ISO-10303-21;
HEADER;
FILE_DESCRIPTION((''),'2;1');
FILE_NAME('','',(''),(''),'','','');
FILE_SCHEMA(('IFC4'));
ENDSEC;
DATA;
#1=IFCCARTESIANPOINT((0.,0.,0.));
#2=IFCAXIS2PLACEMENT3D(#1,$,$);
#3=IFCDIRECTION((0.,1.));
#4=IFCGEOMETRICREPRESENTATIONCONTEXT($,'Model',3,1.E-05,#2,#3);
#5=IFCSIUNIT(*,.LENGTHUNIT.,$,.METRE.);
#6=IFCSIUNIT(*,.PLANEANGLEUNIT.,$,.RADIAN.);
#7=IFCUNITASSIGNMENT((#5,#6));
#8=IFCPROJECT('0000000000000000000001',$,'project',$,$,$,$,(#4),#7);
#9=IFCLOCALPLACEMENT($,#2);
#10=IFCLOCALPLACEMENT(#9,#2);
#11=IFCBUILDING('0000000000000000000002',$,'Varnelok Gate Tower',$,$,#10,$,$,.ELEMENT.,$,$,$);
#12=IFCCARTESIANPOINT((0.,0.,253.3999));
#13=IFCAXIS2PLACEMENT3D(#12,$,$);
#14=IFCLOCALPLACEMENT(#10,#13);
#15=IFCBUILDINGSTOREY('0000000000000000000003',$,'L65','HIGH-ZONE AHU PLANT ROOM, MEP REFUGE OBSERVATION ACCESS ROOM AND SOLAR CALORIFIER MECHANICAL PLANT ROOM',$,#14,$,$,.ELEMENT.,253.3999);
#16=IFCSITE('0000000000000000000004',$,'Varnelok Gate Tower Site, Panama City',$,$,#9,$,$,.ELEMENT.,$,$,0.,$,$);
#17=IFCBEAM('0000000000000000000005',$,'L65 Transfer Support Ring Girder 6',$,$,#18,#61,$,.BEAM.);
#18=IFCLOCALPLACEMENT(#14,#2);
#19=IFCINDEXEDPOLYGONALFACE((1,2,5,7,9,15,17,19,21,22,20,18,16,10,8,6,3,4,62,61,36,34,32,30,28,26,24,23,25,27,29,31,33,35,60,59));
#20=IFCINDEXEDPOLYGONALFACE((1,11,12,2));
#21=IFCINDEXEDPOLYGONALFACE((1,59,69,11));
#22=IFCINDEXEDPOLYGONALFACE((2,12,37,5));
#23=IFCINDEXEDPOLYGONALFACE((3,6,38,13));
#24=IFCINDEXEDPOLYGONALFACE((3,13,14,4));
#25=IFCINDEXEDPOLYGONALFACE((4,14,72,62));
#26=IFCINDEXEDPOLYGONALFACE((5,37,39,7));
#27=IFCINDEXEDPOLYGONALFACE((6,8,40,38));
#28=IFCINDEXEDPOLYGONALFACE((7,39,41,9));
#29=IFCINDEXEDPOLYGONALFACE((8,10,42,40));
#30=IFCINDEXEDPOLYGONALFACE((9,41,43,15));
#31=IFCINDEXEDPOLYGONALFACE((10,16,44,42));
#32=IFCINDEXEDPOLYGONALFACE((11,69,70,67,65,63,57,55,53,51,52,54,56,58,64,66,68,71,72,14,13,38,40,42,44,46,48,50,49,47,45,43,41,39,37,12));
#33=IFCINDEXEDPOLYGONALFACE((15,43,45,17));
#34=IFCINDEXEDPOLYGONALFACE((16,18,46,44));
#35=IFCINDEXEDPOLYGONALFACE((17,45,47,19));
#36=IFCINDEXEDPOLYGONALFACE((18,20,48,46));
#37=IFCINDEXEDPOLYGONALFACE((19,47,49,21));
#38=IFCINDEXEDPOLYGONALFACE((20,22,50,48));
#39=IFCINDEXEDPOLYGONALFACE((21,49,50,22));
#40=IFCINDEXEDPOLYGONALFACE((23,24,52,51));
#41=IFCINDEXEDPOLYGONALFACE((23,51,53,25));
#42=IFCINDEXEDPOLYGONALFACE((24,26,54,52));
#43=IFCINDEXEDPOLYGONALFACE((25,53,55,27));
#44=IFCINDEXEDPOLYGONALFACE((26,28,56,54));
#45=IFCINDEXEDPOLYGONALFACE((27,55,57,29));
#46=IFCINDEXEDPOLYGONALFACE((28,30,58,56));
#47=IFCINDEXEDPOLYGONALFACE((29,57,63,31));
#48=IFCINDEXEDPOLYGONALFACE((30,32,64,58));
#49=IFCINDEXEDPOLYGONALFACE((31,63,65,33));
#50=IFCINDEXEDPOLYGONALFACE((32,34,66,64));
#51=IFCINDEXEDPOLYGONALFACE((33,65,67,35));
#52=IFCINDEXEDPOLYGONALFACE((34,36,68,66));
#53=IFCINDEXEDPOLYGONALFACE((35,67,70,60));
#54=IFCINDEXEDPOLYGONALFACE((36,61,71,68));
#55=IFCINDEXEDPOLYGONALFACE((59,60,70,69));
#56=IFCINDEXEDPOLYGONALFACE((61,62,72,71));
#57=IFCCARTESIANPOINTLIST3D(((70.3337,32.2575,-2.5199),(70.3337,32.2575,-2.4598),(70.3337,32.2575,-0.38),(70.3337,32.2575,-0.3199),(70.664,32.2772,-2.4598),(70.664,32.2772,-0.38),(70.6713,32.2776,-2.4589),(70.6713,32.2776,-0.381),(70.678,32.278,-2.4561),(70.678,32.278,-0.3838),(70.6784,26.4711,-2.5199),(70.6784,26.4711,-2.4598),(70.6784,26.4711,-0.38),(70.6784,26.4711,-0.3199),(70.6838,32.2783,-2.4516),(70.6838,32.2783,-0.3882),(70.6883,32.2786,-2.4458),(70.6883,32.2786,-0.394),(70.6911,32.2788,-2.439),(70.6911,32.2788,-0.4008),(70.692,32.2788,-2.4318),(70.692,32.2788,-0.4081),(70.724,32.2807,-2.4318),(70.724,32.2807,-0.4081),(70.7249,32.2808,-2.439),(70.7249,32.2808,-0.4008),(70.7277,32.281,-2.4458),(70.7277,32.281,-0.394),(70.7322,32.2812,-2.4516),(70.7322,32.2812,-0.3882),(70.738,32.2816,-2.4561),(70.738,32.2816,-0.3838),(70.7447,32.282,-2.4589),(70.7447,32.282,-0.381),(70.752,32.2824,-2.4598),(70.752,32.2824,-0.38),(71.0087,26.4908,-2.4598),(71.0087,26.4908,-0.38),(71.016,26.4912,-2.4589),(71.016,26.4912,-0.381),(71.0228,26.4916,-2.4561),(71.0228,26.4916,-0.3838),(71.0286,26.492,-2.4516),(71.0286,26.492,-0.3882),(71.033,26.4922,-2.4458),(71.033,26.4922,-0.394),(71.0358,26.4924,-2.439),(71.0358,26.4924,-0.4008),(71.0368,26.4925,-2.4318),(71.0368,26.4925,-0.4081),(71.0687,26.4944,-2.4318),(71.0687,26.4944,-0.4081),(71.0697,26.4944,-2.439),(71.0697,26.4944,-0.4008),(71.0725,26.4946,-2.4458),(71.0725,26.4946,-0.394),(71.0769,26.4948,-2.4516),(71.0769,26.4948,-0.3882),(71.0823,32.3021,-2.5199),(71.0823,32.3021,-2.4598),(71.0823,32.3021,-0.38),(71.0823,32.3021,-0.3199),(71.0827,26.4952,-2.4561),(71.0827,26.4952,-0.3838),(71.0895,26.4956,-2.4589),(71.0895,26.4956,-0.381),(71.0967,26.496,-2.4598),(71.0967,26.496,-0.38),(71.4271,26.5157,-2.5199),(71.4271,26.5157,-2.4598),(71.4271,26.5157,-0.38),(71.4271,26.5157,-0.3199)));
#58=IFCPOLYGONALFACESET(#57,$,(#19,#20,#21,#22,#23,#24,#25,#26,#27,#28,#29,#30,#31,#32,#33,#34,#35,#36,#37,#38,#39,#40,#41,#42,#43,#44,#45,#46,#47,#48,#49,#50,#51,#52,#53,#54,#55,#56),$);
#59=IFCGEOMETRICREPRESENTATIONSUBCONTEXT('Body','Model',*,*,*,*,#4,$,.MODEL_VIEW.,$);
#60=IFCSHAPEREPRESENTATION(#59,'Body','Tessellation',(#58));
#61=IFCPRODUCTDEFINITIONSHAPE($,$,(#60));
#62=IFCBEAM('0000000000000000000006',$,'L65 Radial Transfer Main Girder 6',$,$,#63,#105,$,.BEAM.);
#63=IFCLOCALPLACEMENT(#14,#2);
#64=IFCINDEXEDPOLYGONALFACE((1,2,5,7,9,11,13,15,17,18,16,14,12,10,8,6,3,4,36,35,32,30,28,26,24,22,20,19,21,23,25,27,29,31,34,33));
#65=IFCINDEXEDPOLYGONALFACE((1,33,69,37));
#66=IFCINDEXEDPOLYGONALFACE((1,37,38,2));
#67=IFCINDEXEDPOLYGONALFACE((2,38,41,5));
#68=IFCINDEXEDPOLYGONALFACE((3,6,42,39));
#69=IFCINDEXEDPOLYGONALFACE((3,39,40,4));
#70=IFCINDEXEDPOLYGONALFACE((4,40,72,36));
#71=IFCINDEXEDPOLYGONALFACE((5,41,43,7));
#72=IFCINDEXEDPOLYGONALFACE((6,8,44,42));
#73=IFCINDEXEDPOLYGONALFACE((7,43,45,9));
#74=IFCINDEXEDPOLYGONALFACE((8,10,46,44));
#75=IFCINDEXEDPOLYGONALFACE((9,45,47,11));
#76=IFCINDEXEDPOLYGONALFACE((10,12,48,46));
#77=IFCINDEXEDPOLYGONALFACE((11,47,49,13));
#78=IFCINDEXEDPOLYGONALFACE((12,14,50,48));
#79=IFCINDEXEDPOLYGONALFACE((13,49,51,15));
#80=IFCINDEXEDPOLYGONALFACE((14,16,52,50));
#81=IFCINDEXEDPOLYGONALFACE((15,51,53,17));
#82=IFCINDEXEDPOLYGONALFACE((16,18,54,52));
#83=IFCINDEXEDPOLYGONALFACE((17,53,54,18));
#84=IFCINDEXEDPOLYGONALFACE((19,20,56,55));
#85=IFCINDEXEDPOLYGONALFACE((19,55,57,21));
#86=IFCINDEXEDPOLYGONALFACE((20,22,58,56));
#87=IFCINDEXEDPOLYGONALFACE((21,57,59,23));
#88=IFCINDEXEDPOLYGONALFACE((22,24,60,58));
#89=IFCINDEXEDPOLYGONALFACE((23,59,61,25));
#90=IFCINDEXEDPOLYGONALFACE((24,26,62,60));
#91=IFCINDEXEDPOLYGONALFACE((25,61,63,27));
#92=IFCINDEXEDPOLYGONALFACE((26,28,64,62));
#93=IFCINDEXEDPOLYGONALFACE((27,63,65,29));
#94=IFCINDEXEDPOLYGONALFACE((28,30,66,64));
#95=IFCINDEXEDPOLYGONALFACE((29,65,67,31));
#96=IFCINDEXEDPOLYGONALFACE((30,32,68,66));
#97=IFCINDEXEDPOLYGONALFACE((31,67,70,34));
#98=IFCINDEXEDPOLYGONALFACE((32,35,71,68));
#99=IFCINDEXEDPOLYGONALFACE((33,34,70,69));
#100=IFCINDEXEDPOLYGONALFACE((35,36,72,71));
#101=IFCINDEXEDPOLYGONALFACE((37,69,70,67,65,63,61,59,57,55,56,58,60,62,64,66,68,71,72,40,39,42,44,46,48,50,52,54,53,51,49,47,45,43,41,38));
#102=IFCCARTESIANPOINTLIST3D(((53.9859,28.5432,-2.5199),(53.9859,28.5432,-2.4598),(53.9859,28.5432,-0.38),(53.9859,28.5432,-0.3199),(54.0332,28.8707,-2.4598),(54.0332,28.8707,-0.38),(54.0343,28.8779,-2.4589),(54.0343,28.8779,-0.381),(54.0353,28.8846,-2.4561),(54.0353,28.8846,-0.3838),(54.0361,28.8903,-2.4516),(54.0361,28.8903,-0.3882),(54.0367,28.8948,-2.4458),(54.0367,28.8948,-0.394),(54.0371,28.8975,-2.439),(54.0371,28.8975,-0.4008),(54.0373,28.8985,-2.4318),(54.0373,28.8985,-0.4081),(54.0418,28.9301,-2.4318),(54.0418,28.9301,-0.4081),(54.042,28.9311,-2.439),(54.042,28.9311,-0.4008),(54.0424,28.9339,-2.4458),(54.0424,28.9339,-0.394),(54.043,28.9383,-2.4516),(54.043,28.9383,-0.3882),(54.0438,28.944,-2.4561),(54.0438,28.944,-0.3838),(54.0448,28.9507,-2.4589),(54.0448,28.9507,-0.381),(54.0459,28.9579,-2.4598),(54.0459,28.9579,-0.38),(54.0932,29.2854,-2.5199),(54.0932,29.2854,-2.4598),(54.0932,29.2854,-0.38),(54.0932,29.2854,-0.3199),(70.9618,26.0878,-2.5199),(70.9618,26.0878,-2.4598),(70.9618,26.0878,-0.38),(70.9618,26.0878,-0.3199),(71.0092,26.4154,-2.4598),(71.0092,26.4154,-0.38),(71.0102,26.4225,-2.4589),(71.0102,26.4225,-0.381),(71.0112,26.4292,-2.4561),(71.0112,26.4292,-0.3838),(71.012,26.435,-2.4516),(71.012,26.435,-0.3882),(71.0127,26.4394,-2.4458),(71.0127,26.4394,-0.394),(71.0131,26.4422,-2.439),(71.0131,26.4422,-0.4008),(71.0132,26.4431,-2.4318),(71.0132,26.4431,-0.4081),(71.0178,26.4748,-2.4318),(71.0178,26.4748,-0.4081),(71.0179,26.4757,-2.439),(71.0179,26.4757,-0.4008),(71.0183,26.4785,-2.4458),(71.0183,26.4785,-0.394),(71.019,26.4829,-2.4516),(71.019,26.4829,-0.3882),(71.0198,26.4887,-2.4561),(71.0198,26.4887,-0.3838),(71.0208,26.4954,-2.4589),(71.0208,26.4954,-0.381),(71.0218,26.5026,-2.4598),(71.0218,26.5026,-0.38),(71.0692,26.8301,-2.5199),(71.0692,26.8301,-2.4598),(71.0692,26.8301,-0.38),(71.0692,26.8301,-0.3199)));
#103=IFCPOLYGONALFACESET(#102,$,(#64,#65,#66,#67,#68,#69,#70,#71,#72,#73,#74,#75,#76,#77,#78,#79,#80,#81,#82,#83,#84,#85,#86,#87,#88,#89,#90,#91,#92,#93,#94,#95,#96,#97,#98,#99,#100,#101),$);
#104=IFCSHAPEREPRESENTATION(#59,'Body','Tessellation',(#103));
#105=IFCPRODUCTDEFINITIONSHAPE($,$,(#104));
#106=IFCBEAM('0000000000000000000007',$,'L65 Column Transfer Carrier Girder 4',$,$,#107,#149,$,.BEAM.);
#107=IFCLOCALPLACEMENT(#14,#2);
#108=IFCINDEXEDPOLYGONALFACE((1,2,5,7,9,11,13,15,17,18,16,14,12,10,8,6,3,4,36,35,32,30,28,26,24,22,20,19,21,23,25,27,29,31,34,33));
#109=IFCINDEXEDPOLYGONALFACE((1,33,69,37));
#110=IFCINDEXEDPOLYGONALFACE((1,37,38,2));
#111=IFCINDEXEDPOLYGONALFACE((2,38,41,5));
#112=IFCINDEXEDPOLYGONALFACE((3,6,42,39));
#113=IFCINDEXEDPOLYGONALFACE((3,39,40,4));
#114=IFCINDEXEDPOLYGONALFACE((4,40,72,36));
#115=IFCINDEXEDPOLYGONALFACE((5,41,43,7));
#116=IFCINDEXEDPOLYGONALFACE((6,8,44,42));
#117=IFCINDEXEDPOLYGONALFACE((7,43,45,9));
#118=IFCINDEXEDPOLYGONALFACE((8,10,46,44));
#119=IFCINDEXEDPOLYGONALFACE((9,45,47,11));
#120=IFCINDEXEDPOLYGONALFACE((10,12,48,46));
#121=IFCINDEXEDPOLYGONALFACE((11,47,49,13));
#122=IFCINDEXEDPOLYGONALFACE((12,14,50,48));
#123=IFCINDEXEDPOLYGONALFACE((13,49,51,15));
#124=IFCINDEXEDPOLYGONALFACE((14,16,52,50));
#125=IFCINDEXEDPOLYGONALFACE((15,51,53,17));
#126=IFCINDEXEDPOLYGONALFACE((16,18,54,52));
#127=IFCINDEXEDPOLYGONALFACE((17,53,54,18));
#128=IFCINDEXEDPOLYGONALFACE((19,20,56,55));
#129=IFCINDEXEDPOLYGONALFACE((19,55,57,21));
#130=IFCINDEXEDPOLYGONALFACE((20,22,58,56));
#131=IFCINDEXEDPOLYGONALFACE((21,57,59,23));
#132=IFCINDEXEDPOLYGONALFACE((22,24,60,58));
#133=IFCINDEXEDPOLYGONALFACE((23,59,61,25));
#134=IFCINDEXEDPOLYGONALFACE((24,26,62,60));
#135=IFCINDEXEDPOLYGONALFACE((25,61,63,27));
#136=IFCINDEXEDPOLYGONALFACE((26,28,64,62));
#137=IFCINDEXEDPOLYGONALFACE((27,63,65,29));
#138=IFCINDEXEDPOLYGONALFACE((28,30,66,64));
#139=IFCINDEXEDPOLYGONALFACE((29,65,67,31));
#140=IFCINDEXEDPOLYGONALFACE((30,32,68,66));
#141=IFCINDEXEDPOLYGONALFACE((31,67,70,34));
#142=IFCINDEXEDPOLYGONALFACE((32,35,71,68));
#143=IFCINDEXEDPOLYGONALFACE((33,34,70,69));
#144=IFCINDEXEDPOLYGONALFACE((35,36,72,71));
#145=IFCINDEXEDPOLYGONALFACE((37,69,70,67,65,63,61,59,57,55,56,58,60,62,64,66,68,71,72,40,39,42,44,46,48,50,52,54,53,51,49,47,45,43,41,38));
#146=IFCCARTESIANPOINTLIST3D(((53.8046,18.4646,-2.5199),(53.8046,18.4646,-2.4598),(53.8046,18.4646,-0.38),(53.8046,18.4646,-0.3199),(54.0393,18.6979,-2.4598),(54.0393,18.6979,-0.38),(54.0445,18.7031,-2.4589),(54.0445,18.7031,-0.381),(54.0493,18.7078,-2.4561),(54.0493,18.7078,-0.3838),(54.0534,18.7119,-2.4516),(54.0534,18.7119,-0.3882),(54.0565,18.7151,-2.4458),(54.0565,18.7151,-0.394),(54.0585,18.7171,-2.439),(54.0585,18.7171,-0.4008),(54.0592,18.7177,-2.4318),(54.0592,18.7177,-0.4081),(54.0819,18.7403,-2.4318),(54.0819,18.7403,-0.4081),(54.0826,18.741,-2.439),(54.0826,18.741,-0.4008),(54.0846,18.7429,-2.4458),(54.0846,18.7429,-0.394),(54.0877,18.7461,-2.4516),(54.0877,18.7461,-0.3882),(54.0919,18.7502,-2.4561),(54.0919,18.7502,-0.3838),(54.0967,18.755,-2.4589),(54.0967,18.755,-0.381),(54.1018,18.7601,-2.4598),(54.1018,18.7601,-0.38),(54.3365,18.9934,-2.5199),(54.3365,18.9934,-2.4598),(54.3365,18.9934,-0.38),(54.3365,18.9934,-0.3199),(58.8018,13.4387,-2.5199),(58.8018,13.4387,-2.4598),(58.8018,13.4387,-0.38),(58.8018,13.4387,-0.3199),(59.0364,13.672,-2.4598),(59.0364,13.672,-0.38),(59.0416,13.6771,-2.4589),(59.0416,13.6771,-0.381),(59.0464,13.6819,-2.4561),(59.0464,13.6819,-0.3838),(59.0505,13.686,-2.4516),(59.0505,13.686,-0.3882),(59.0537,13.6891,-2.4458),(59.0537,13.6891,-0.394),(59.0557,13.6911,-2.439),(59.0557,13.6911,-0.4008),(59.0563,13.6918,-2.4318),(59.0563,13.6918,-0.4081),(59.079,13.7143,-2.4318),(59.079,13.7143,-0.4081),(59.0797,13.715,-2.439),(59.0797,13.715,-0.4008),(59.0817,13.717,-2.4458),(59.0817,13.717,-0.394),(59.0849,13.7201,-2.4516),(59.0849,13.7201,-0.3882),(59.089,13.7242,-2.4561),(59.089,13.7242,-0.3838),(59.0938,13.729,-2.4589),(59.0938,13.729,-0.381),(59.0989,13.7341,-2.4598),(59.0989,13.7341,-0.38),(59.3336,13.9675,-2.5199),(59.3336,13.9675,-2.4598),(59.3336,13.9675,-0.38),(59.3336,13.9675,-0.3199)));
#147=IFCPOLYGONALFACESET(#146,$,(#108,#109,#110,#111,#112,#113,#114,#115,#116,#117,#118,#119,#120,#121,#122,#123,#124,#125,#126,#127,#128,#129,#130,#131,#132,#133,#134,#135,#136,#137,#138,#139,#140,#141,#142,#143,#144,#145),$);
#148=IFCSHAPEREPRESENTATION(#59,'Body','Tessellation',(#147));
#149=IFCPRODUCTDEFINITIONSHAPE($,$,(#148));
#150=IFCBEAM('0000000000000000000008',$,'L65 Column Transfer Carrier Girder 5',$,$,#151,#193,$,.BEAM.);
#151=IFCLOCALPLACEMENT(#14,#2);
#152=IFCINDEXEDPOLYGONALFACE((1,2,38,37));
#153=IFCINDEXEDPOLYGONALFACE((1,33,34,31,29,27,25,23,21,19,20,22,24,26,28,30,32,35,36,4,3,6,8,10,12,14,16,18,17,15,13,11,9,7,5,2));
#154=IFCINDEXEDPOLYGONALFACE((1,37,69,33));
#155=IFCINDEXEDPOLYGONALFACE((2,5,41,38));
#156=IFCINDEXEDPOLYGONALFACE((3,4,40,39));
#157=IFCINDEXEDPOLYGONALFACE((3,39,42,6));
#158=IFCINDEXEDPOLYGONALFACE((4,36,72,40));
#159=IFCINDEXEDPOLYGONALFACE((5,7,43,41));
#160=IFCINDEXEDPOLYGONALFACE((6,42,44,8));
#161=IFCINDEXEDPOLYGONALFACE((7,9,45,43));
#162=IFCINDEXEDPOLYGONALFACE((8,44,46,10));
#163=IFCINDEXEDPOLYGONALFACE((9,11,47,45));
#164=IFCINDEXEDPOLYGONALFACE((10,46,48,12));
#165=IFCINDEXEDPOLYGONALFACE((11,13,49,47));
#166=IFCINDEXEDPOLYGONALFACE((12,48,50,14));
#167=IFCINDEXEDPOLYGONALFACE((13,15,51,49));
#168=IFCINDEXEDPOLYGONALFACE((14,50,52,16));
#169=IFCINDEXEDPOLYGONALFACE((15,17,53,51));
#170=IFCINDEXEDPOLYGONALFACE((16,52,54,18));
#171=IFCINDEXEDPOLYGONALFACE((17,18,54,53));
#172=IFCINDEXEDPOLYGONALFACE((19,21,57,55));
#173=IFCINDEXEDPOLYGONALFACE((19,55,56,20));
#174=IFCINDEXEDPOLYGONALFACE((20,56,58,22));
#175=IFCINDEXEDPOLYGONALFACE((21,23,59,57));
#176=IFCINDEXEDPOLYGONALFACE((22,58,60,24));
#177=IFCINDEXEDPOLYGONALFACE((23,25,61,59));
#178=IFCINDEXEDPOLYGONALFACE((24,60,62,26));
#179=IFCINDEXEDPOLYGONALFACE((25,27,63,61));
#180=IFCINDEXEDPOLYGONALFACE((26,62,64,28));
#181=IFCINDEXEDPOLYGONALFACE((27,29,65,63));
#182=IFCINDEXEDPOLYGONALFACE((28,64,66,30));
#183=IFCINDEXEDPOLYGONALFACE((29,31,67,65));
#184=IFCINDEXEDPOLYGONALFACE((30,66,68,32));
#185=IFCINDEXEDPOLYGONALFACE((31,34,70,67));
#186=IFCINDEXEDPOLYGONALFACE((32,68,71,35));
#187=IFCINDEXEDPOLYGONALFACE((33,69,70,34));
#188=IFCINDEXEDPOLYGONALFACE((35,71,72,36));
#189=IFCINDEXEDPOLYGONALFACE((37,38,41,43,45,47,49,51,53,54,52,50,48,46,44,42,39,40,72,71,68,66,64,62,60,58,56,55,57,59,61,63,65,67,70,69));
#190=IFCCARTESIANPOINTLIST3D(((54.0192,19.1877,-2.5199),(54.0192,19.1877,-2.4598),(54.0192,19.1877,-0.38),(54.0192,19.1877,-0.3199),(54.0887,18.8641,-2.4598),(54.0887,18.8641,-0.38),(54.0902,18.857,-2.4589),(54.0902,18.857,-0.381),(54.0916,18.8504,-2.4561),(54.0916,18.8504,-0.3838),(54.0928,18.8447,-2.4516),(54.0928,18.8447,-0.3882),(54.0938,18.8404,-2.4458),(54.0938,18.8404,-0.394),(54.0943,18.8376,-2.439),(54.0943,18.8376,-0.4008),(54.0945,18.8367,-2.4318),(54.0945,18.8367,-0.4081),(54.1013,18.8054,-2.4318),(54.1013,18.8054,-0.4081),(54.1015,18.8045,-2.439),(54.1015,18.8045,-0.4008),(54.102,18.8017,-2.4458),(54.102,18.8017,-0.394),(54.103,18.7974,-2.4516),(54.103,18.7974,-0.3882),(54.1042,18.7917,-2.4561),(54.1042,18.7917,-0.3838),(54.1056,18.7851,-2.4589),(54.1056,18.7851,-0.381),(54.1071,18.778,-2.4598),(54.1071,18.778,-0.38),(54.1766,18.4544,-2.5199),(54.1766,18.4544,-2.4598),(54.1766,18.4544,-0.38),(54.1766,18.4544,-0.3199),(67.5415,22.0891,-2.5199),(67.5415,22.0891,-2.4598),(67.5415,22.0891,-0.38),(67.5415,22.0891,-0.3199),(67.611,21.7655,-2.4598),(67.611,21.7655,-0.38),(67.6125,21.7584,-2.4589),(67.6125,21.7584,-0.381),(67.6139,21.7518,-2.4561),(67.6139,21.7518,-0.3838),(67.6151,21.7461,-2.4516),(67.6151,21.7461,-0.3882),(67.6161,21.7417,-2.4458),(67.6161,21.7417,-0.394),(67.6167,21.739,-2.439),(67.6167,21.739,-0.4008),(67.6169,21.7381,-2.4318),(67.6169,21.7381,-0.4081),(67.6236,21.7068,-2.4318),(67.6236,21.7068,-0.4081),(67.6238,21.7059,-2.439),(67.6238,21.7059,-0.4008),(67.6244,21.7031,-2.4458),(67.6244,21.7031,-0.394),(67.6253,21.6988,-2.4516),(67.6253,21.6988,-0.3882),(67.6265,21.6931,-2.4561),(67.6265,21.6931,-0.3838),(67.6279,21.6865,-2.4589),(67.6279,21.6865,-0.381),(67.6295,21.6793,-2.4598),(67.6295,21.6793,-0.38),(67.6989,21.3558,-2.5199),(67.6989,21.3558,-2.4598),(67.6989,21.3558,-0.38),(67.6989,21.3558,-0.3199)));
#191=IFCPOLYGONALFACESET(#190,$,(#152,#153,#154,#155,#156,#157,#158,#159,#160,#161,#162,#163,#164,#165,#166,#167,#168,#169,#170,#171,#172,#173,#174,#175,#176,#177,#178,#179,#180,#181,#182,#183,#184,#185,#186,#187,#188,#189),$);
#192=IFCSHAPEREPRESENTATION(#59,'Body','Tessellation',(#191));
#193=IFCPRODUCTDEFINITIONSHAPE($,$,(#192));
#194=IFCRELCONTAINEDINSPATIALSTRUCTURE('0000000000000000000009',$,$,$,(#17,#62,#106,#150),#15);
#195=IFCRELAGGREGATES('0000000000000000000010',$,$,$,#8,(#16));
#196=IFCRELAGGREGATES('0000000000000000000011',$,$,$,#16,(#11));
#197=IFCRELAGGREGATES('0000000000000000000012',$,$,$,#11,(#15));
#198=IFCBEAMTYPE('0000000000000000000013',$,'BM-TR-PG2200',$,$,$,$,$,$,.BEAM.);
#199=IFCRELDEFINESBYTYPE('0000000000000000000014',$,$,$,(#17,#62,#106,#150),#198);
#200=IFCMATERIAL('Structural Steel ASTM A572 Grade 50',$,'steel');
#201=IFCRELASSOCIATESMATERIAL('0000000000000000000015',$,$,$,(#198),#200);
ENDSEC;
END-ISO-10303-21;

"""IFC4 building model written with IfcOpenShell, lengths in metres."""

from ifc_helpers import new_model, si_unit, direction, frame, origin, origin_2d, place, context, subcontext, project, spatial, i_section, extrude, material, material_profile, profile_set, type_object, element, save


model = new_model("IFC4")

# Units and contexts
model_context = context("Model", 3, precision=1e-05, world=origin(), true_north=direction((0.0, 1.0)))
body_context = subcontext(model_context, "Body", "Model", "MODEL_VIEW")
ifc_project = project(units=[si_unit("LENGTHUNIT", "METRE"), si_unit("PLANEANGLEUNIT", "RADIAN")], contexts=[model_context])

# Site, building, storey
site_placement = place(None, origin())
site = spatial("IfcSite", under=ifc_project, at=site_placement, Name="Varnelok Gate Tower Site, Panama City", CompositionType="ELEMENT", RefElevation=0.0)
building_placement = place(site_placement, origin())
building = spatial("IfcBuilding", under=site, at=building_placement, Name="Varnelok Gate Tower", CompositionType="ELEMENT")
storey_placement = place(building_placement, frame((0.0, 0.0, 253.3999)))
storey = spatial("IfcBuildingStorey", under=building, at=storey_placement, Name="L65", Description="HIGH-ZONE AHU PLANT ROOM, MEP REFUGE OBSERVATION ACCESS ROOM AND SOLAR CALORIFIER MECHANICAL PLANT ROOM", CompositionType="ELEMENT", Elevation=253.3999)

# Beams
ifc_material_1 = material(Name="Structural Steel ASTM A572 Grade 50", Category="steel")
ifc_material_profile_1 = material_profile(ifc_material_1, i_section(OverallWidth=0.75, OverallDepth=2.2, WebThickness=0.032, FlangeThickness=0.0601, FilletRadius=0.0281, at=origin_2d()), Name="PG2200X750")
ifc_profile_set_1 = profile_set([ifc_material_profile_1], Name="Structural Steel ASTM A572 Grade 50")
beam_type = type_object("IfcBeamType", Name="BM-TR-PG2200", PredefinedType="BEAM", material=ifc_profile_set_1)
beam_1_placement = place(storey_placement, frame((71.0527, 26.4934, -1.4199), z_axis=(-0.05947, 0.99823, 0.0), x_axis=(-0.99823, -0.05947, 0.0)))
element("IfcBeam", 1, at=beam_1_placement, inside=storey, type_object=beam_type, Name="L65 Transfer Support Ring Girder 6", PredefinedType="BEAM", context=body_context, shape_type="SweptSolid", body=[
    extrude(i_section(OverallWidth=0.75, OverallDepth=2.2, WebThickness=0.032, FlangeThickness=0.0601, FilletRadius=0.0281, at=origin_2d()), origin(), (0.0, 0.0, 1.0), 5.7966),
])
beam_2_placement = place(storey_placement, frame((54.0396, 28.9143, -1.4199), z_axis=(0.989701, -0.143147, 0.0), x_axis=(0.143147, 0.989701, 0.0)))
element("IfcBeam", 2, at=beam_2_placement, inside=storey, type_object=beam_type, Name="L65 Radial Transfer Main Girder 6", PredefinedType="BEAM", context=body_context, shape_type="SweptSolid", body=[
    extrude(i_section(OverallWidth=0.75, OverallDepth=2.2, WebThickness=0.032, FlangeThickness=0.0601, FilletRadius=0.0281, at=origin_2d()), origin(), (0.0, 0.0, 1.0), 17.1526),
])
beam_3_placement = place(storey_placement, frame((54.0706, 18.729, -1.4199), z_axis=(0.705071, -0.709136, 0.0), x_axis=(0.709136, 0.705071, 0.0)))
element("IfcBeam", 3, at=beam_3_placement, inside=storey, type_object=beam_type, Name="L65 Column Transfer Carrier Girder 4", PredefinedType="BEAM", context=body_context, shape_type="SweptSolid", body=[
    extrude(i_section(OverallWidth=0.75, OverallDepth=2.2, WebThickness=0.032, FlangeThickness=0.0601, FilletRadius=0.0281, at=origin_2d()), origin(), (0.0, 0.0, 1.0), 7.0874),
])
beam_4_placement = place(storey_placement, frame((54.0979, 18.821, -1.4199), z_axis=(0.977747, 0.209788, 0.0), x_axis=(-0.209788, 0.977747, 0.0)))
element("IfcBeam", 4, at=beam_4_placement, inside=storey, type_object=beam_type, Name="L65 Column Transfer Carrier Girder 5", PredefinedType="BEAM", context=body_context, shape_type="SweptSolid", body=[
    extrude(i_section(OverallWidth=0.75, OverallDepth=2.2, WebThickness=0.032, FlangeThickness=0.0601, FilletRadius=0.0281, at=origin_2d()), origin(), (0.0, 0.0, 1.0), 13.8301),
])

save(model, "model.ifc")
